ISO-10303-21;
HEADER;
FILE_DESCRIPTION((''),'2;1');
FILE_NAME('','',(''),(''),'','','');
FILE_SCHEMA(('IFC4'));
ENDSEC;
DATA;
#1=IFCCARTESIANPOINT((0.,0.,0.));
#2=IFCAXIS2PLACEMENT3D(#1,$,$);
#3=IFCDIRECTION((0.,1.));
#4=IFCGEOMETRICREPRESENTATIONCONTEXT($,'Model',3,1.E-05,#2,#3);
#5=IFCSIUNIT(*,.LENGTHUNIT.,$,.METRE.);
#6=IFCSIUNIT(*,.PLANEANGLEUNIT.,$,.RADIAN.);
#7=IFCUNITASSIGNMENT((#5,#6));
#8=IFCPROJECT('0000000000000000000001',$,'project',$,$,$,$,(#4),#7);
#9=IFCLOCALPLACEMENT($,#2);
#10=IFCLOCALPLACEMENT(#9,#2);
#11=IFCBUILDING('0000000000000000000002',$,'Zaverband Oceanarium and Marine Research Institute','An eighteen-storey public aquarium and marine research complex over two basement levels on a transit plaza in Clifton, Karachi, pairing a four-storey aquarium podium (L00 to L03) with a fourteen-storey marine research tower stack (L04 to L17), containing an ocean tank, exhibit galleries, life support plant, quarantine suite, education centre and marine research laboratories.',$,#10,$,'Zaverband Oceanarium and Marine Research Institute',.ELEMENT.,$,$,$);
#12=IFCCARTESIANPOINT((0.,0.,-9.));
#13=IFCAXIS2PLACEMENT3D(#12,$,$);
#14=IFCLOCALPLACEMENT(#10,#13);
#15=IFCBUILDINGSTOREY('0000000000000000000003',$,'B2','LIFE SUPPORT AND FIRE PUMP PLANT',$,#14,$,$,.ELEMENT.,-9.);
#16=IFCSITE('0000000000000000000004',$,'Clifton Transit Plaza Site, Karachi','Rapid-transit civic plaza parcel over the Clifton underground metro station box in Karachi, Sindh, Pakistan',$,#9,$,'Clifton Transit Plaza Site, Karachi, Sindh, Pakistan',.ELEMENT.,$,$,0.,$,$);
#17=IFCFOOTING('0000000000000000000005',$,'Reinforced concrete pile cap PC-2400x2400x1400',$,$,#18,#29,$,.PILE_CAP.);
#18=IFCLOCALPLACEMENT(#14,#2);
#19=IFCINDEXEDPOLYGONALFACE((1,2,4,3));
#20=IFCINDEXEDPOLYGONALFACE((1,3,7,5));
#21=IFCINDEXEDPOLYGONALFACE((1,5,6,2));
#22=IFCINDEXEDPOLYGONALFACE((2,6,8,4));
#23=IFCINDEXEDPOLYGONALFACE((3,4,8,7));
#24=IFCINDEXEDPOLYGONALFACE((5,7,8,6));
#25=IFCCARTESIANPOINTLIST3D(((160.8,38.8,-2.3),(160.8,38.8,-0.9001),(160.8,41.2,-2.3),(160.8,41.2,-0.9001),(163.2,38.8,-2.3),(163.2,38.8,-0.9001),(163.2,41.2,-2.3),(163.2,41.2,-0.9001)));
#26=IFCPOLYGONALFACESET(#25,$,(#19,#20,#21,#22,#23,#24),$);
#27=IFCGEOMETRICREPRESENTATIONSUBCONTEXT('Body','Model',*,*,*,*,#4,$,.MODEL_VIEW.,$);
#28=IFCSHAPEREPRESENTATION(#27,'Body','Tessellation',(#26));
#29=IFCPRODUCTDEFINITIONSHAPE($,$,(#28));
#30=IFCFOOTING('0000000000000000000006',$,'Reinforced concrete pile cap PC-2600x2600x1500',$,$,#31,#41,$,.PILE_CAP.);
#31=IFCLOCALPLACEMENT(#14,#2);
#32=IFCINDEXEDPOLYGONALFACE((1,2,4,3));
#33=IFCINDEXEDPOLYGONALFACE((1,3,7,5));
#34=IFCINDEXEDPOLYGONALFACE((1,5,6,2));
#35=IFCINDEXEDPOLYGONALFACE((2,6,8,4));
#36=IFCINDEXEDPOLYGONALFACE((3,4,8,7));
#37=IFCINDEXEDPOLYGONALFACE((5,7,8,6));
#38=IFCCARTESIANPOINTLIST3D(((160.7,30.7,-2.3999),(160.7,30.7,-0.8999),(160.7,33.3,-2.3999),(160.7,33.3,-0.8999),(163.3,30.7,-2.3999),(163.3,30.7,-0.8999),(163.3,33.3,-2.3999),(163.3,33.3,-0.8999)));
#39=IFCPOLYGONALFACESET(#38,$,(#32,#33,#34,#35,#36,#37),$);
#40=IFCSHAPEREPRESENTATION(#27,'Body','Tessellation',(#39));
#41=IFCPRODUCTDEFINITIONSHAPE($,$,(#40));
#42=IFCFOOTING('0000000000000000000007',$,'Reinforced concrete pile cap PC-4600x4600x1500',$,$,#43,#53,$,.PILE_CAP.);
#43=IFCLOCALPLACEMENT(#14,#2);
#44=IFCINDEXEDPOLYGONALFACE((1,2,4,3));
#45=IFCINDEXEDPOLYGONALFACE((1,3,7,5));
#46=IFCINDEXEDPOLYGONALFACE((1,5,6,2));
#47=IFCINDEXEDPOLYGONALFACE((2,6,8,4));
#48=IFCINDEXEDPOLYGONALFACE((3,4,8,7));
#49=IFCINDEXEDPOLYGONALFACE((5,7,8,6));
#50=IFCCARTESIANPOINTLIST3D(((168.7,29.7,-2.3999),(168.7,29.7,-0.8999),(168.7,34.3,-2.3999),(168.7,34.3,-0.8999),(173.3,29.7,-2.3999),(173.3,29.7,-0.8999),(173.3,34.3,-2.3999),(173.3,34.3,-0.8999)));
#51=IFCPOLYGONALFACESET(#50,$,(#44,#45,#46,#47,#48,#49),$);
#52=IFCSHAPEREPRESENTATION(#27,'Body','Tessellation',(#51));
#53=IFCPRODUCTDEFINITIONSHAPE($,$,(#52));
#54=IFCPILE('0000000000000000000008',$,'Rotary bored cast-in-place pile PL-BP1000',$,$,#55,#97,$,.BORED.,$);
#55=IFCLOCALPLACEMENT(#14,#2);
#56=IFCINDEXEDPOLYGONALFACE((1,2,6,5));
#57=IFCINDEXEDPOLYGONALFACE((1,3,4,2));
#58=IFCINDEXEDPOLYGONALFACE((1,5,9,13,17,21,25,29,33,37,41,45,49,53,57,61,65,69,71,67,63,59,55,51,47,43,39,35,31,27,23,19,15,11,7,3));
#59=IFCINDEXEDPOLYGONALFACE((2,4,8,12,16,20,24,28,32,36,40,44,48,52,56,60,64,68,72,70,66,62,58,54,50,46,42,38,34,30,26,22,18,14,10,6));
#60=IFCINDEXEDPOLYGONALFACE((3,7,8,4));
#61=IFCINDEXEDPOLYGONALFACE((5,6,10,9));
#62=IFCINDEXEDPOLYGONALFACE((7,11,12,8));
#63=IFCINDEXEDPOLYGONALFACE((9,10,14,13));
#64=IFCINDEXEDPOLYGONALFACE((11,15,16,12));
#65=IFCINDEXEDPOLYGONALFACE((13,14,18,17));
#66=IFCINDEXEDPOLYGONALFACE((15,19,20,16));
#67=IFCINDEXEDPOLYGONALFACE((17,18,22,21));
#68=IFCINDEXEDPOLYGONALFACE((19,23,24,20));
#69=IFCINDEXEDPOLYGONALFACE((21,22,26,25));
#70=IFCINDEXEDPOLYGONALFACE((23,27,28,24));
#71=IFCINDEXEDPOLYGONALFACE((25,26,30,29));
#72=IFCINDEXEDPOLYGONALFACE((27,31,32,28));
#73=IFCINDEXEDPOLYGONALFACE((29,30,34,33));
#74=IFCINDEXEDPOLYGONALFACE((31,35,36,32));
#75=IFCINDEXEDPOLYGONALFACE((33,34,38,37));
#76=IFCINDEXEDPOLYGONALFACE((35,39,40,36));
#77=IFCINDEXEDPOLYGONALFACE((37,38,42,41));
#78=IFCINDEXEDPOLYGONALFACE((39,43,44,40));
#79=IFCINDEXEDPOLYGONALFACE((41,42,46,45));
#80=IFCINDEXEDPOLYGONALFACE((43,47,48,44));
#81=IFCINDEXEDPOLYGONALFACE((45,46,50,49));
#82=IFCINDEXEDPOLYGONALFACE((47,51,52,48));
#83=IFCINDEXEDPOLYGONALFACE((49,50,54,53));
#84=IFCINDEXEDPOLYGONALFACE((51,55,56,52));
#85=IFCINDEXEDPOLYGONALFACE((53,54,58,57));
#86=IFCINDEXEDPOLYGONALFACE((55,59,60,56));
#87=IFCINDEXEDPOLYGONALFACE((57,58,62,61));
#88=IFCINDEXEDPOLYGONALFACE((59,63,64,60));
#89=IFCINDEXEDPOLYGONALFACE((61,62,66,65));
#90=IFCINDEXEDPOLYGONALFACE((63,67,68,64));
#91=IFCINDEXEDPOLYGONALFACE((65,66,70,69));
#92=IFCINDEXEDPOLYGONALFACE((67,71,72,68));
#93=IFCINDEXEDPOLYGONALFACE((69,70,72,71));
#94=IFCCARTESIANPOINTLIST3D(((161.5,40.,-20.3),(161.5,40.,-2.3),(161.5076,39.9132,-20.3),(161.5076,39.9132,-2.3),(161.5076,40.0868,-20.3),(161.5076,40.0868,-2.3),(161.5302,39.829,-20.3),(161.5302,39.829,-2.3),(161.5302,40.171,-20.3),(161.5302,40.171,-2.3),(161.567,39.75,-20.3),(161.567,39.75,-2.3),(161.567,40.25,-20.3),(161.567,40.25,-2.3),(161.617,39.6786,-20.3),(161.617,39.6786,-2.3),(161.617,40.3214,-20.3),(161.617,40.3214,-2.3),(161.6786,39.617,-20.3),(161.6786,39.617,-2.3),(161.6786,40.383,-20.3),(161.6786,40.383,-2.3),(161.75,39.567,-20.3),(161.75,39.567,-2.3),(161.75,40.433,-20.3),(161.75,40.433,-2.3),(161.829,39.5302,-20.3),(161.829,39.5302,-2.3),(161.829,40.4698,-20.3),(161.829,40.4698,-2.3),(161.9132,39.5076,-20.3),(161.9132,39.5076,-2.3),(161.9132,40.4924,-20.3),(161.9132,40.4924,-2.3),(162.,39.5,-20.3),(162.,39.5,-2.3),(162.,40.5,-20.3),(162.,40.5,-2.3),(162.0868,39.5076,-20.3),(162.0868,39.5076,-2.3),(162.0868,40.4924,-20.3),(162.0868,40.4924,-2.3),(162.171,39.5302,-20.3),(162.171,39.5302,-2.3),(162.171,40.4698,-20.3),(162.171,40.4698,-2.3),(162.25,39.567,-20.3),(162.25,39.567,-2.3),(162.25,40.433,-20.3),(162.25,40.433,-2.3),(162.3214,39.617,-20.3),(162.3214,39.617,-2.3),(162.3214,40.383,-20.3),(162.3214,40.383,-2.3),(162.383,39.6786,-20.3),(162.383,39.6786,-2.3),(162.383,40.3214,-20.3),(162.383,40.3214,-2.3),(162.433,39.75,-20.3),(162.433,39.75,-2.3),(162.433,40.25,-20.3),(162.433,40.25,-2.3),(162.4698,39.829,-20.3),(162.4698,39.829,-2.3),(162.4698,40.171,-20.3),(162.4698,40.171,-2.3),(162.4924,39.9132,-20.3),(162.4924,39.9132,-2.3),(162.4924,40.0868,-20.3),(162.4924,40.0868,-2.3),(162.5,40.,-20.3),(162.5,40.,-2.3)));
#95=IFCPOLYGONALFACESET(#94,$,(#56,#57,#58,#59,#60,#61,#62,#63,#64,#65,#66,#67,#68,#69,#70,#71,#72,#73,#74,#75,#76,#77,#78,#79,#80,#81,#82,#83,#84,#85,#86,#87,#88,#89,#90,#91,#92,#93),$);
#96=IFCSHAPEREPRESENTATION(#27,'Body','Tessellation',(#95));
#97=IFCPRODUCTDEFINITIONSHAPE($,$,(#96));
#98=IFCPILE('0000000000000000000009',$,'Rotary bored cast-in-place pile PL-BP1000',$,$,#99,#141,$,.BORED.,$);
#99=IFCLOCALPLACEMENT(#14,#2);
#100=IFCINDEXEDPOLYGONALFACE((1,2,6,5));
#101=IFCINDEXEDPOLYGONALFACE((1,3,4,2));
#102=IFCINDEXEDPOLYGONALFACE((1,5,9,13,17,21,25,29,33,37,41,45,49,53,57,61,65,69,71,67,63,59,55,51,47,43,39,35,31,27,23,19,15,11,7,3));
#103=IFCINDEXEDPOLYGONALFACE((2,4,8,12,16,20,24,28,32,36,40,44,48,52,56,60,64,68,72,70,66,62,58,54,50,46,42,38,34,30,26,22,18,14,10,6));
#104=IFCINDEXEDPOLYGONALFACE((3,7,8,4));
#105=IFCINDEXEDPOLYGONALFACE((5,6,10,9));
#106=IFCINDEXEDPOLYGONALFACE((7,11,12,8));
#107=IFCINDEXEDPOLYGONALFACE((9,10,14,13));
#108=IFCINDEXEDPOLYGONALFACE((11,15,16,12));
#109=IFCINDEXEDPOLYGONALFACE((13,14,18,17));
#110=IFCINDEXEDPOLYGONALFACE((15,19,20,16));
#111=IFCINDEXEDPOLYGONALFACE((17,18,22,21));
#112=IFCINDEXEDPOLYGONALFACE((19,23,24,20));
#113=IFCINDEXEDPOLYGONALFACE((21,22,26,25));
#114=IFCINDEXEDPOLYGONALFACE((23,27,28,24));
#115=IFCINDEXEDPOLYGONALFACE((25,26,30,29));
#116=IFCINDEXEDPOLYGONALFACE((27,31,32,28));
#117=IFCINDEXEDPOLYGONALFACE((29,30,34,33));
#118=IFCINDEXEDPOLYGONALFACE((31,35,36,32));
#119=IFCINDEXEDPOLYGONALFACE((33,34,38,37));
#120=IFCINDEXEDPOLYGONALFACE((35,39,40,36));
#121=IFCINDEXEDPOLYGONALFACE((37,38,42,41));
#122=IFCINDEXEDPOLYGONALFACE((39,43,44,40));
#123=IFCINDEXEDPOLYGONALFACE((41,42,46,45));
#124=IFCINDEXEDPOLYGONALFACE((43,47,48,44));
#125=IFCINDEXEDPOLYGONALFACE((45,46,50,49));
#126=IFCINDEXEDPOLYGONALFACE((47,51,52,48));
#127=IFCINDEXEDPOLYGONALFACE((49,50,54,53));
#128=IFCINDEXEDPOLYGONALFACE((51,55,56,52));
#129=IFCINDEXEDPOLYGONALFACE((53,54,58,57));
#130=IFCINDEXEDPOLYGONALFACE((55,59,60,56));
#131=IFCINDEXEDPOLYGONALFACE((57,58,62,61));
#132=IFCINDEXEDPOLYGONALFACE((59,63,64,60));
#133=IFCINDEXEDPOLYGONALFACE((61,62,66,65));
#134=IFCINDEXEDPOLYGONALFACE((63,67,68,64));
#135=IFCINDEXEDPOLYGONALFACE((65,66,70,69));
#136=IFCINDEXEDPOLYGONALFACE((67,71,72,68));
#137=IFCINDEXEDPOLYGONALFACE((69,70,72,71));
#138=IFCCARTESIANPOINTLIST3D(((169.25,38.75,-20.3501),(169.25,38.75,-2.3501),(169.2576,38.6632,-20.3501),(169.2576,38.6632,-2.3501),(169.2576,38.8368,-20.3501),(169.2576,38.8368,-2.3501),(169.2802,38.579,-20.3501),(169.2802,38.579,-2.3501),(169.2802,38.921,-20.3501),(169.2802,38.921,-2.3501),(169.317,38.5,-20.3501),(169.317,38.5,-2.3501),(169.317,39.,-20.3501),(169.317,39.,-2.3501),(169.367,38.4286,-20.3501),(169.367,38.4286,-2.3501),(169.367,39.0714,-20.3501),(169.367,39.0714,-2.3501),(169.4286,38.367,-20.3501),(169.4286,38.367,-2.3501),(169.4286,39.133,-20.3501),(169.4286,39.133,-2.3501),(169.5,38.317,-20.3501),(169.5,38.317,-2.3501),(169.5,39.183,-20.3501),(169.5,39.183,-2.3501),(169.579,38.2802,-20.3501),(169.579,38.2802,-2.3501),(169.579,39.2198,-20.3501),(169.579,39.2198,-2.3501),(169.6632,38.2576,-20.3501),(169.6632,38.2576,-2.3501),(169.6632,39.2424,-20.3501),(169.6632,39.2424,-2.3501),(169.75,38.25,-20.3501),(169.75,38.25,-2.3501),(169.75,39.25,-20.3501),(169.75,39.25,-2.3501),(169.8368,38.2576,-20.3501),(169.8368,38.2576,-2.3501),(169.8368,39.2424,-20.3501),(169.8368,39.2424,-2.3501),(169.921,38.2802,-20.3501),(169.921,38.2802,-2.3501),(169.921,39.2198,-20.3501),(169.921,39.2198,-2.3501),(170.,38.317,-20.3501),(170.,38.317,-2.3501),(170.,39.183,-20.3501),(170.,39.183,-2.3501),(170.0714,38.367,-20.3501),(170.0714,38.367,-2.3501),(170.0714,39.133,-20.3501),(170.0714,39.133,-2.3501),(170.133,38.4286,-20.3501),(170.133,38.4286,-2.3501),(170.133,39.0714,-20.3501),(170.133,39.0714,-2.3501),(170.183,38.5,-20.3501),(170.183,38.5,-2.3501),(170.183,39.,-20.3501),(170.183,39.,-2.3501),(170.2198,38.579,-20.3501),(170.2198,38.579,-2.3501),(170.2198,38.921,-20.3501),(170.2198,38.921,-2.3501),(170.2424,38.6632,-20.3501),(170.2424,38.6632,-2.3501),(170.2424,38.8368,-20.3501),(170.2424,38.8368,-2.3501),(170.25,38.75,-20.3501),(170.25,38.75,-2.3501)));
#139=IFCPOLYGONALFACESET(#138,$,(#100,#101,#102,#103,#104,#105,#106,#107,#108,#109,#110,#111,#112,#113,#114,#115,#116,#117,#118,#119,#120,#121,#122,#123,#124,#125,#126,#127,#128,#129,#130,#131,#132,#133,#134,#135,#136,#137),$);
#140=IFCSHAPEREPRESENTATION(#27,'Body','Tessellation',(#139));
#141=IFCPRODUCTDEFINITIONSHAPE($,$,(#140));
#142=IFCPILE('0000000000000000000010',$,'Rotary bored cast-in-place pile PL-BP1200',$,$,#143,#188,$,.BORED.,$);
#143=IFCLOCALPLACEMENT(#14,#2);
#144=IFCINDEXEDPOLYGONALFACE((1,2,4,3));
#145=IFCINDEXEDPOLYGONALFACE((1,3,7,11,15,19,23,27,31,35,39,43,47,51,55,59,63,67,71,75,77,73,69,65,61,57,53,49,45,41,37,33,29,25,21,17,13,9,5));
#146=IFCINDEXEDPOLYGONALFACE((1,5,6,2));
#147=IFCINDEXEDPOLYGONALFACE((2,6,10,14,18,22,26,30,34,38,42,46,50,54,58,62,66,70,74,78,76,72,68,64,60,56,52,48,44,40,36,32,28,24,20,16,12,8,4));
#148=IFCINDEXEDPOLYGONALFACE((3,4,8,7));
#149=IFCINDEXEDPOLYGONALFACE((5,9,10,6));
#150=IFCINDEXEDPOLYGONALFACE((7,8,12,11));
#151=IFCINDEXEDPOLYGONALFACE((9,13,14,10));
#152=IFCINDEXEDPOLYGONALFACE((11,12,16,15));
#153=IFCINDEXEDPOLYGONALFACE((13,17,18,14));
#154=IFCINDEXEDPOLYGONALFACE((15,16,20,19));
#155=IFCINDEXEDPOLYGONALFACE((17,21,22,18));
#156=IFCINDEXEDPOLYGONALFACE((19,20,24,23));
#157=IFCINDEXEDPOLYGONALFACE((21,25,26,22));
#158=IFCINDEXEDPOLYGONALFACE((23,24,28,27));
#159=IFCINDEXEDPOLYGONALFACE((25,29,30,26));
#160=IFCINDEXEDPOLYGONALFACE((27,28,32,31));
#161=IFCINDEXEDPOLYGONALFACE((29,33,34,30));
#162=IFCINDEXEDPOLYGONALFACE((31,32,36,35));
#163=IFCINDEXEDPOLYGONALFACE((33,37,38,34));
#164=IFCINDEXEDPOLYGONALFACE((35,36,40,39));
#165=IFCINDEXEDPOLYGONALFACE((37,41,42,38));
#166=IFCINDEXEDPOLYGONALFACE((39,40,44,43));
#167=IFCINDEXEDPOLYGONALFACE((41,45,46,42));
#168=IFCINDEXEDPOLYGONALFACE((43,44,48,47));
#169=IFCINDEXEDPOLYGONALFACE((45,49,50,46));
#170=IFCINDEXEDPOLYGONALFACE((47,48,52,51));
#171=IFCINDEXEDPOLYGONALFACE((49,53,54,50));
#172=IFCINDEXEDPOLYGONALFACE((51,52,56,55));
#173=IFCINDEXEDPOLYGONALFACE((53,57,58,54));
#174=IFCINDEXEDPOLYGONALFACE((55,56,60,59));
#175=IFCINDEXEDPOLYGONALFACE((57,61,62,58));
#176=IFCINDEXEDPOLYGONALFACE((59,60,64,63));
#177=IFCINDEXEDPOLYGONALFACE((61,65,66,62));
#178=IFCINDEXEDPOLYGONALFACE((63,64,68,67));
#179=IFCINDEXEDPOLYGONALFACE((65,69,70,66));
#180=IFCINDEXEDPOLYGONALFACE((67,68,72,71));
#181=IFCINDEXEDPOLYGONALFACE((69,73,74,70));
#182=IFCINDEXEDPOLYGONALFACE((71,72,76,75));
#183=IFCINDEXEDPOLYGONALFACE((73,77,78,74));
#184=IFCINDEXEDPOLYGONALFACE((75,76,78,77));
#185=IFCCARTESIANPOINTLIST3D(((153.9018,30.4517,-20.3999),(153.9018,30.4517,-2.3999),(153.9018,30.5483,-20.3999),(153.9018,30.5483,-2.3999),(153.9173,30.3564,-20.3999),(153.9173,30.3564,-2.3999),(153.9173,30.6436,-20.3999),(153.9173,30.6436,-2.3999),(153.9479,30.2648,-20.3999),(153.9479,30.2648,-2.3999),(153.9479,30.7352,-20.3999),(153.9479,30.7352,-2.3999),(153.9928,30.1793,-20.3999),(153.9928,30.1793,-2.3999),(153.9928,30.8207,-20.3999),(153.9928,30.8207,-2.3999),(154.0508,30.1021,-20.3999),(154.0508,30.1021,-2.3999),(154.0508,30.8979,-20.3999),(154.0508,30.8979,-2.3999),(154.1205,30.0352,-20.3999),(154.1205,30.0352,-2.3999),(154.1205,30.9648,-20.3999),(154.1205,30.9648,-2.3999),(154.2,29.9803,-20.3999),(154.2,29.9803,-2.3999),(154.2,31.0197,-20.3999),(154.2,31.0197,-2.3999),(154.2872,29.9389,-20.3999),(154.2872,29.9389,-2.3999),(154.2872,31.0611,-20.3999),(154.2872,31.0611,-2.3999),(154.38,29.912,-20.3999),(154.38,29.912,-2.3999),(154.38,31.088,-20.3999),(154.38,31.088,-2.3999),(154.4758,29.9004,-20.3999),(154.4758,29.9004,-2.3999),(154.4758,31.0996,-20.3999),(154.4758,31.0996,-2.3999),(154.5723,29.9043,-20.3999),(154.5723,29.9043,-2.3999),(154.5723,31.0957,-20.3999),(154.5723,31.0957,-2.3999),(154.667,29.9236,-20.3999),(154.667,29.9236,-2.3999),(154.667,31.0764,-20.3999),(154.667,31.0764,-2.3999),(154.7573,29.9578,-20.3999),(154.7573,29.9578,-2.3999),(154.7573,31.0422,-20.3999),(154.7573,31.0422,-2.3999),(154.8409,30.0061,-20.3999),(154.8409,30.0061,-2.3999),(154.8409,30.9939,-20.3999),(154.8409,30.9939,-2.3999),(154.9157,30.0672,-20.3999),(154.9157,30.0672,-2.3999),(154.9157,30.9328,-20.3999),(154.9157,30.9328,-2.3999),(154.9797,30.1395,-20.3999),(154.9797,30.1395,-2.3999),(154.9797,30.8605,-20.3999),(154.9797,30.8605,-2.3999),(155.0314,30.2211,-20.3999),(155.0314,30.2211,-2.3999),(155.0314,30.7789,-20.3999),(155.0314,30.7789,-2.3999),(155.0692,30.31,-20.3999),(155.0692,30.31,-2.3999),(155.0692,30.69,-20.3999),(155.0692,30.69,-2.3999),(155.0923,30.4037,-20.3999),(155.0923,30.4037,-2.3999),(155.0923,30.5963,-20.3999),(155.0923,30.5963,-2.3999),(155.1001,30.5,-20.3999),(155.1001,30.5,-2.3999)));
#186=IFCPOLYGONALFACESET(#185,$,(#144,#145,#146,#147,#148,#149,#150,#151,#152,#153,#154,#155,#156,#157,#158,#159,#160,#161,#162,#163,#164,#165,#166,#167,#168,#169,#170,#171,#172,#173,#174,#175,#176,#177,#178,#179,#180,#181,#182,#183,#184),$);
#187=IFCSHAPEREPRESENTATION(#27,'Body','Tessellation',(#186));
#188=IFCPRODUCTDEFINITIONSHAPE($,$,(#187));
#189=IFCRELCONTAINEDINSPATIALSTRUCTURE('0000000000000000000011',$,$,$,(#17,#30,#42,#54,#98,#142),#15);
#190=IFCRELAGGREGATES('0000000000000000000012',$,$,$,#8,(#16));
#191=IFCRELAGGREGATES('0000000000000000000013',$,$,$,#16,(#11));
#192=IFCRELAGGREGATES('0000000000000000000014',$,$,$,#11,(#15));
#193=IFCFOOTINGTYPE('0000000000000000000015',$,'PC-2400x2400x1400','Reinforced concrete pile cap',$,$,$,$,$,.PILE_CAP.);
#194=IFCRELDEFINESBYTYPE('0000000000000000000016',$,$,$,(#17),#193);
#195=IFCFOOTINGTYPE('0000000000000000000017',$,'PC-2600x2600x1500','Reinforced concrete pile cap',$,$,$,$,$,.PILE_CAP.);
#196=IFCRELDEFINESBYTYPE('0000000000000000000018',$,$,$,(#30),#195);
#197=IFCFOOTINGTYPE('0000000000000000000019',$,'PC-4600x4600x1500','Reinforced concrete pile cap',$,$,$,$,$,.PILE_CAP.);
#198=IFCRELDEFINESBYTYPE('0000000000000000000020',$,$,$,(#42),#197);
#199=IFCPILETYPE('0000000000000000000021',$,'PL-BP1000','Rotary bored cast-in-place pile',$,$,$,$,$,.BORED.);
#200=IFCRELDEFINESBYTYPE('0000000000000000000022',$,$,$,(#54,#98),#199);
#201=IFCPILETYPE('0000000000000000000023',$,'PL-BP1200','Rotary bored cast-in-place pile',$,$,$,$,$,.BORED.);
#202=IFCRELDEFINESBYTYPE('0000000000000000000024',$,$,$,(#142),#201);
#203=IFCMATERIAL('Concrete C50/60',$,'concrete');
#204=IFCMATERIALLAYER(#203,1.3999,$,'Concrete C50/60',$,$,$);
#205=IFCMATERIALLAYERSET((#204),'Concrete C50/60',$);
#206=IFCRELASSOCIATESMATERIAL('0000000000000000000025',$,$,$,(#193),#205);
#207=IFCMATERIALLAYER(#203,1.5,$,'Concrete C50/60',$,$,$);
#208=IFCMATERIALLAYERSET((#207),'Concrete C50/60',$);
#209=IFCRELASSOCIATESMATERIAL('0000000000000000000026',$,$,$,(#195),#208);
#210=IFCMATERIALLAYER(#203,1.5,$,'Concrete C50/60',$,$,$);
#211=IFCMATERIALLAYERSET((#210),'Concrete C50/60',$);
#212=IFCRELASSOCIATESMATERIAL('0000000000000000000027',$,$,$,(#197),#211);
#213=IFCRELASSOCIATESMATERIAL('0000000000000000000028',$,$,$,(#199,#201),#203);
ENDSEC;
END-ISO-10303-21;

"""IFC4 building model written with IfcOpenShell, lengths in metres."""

from ifc_helpers import new_model, si_unit, direction, frame, origin, origin_2d, place, context, subcontext, project, spatial, rectangle, circle, extrude, material, layer, layer_set, material_profile, profile_set, type_object, element, save


model = new_model("IFC4")

# Units and contexts
model_context = context("Model", 3, precision=1e-05, world=origin(), true_north=direction((0.0, 1.0)))
body_context = subcontext(model_context, "Body", "Model", "MODEL_VIEW")
ifc_project = project(units=[si_unit("LENGTHUNIT", "METRE"), si_unit("PLANEANGLEUNIT", "RADIAN")], contexts=[model_context])

# Site, building, storey
site_placement = place(None, origin())
site = spatial("IfcSite", under=ifc_project, at=site_placement, Name="Clifton Transit Plaza Site, Karachi", Description="Rapid-transit civic plaza parcel over the Clifton underground metro station box in Karachi, Sindh, Pakistan", LongName="Clifton Transit Plaza Site, Karachi, Sindh, Pakistan", CompositionType="ELEMENT", RefElevation=0.0)
building_placement = place(site_placement, origin())
building = spatial("IfcBuilding", under=site, at=building_placement, Name="Zaverband Oceanarium and Marine Research Institute", Description="An eighteen-storey public aquarium and marine research complex over two basement levels on a transit plaza in Clifton, Karachi, pairing a four-storey aquarium podium (L00 to L03) with a fourteen-storey marine research tower stack (L04 to L17), containing an ocean tank, exhibit galleries, life support plant, quarantine suite, education centre and marine research laboratories.", LongName="Zaverband Oceanarium and Marine Research Institute", CompositionType="ELEMENT")
storey_placement = place(building_placement, frame((0.0, 0.0, -9.0)))
storey = spatial("IfcBuildingStorey", under=building, at=storey_placement, Name="B2", Description="LIFE SUPPORT AND FIRE PUMP PLANT", CompositionType="ELEMENT", Elevation=-9.0)

# Footings
ifc_material_1 = material(Name="Concrete C50/60", Category="concrete")
ifc_layer_1 = layer(ifc_material_1, 1.3999, Name="Concrete C50/60")
ifc_layer_set_1 = layer_set([ifc_layer_1], Name="Concrete C50/60")
footing_type_1 = type_object("IfcFootingType", Name="PC-2400x2400x1400", Description="Reinforced concrete pile cap", PredefinedType="PILE_CAP", material=ifc_layer_set_1)
footing_1_placement = place(storey_placement, frame((162.0, 40.0, -2.3), z_axis=(0.0, 0.0, 1.0), x_axis=(1.0, 0.0, 0.0)))
element("IfcFooting", 1, at=footing_1_placement, inside=storey, type_object=footing_type_1, Name="Reinforced concrete pile cap PC-2400x2400x1400", PredefinedType="PILE_CAP", context=body_context, shape_type="SweptSolid", body=[
    extrude(rectangle(XDim=2.3999, YDim=2.3999, at=origin_2d()), origin(), (0.0, 0.0, 1.0), 1.3999),
])
ifc_layer_2 = layer(ifc_material_1, 1.5, Name="Concrete C50/60")
ifc_layer_set_2 = layer_set([ifc_layer_2], Name="Concrete C50/60")
footing_type_2 = type_object("IfcFootingType", Name="PC-2600x2600x1500", Description="Reinforced concrete pile cap", PredefinedType="PILE_CAP", material=ifc_layer_set_2)
footing_2_placement = place(storey_placement, frame((162.0, 32.0, -2.3999), z_axis=(0.0, 0.0, 1.0), x_axis=(1.0, 0.0, 0.0)))
element("IfcFooting", 2, at=footing_2_placement, inside=storey, type_object=footing_type_2, Name="Reinforced concrete pile cap PC-2600x2600x1500", PredefinedType="PILE_CAP", context=body_context, shape_type="SweptSolid", body=[
    extrude(rectangle(XDim=2.6001, YDim=2.6001, at=origin_2d()), origin(), (0.0, 0.0, 1.0), 1.5),
])
ifc_layer_3 = layer(ifc_material_1, 1.5, Name="Concrete C50/60")
ifc_layer_set_3 = layer_set([ifc_layer_3], Name="Concrete C50/60")
footing_type_3 = type_object("IfcFootingType", Name="PC-4600x4600x1500", Description="Reinforced concrete pile cap", PredefinedType="PILE_CAP", material=ifc_layer_set_3)
footing_3_placement = place(storey_placement, frame((171.0, 32.0, -2.3999), z_axis=(0.0, 0.0, 1.0), x_axis=(1.0, 0.0, 0.0)))
element("IfcFooting", 3, at=footing_3_placement, inside=storey, type_object=footing_type_3, Name="Reinforced concrete pile cap PC-4600x4600x1500", PredefinedType="PILE_CAP", context=body_context, shape_type="SweptSolid", body=[
    extrude(rectangle(XDim=4.6001, YDim=4.6001, at=origin_2d()), origin(), (0.0, 0.0, 1.0), 1.5),
])

# Piles
ifc_material_profile_1 = material_profile(ifc_material_1, circle(Radius=0.5, at=origin_2d()), Name="BP1000")
ifc_profile_set_1 = profile_set([ifc_material_profile_1], Name="Concrete C50/60")
pile_type_1 = type_object("IfcPileType", Name="PL-BP1000", Description="Rotary bored cast-in-place pile", PredefinedType="BORED", material=ifc_profile_set_1)
for number, where, z_axis, x_axis, name in (
    (4, (162.0, 40.0, -2.3), (0.0, 0.0, -1.0), (1.0, 0.0, 0.0), "Rotary bored cast-in-place pile PL-BP1000"),
    (5, (169.75, 38.75, -2.3501), (0.0, 0.0, -1.0), (1.0, 0.0, 0.0), "Rotary bored cast-in-place pile PL-BP1000"),
):
    element("IfcPile", number, at=place(storey_placement, frame(where, z_axis=z_axis, x_axis=x_axis)), inside=storey, type_object=pile_type_1, Name=name, PredefinedType="BORED", context=body_context, shape_type="SweptSolid", body=[
        extrude(circle(Radius=0.5, at=origin_2d()), origin(), (0.0, 0.0, 1.0), 18.0),
    ])
ifc_material_profile_2 = material_profile(ifc_material_1, circle(Radius=0.6001, at=origin_2d()), Name="BP1200")
ifc_profile_set_2 = profile_set([ifc_material_profile_2], Name="Concrete C50/60")
pile_type_2 = type_object("IfcPileType", Name="PL-BP1200", Description="Rotary bored cast-in-place pile", PredefinedType="BORED", material=ifc_profile_set_2)
for number, where, z_axis, x_axis, name in (
    (6, (154.5, 30.5, -2.3999), (0.0, 0.0, -1.0), (1.0, 0.0, 0.0), "Rotary bored cast-in-place pile PL-BP1200"),
):
    element("IfcPile", number, at=place(storey_placement, frame(where, z_axis=z_axis, x_axis=x_axis)), inside=storey, type_object=pile_type_2, Name=name, PredefinedType="BORED", context=body_context, shape_type="SweptSolid", body=[
        extrude(circle(Radius=0.6001, at=origin_2d()), origin(), (0.0, 0.0, 1.0), 18.0),
    ])

save(model, "model.ifc")
